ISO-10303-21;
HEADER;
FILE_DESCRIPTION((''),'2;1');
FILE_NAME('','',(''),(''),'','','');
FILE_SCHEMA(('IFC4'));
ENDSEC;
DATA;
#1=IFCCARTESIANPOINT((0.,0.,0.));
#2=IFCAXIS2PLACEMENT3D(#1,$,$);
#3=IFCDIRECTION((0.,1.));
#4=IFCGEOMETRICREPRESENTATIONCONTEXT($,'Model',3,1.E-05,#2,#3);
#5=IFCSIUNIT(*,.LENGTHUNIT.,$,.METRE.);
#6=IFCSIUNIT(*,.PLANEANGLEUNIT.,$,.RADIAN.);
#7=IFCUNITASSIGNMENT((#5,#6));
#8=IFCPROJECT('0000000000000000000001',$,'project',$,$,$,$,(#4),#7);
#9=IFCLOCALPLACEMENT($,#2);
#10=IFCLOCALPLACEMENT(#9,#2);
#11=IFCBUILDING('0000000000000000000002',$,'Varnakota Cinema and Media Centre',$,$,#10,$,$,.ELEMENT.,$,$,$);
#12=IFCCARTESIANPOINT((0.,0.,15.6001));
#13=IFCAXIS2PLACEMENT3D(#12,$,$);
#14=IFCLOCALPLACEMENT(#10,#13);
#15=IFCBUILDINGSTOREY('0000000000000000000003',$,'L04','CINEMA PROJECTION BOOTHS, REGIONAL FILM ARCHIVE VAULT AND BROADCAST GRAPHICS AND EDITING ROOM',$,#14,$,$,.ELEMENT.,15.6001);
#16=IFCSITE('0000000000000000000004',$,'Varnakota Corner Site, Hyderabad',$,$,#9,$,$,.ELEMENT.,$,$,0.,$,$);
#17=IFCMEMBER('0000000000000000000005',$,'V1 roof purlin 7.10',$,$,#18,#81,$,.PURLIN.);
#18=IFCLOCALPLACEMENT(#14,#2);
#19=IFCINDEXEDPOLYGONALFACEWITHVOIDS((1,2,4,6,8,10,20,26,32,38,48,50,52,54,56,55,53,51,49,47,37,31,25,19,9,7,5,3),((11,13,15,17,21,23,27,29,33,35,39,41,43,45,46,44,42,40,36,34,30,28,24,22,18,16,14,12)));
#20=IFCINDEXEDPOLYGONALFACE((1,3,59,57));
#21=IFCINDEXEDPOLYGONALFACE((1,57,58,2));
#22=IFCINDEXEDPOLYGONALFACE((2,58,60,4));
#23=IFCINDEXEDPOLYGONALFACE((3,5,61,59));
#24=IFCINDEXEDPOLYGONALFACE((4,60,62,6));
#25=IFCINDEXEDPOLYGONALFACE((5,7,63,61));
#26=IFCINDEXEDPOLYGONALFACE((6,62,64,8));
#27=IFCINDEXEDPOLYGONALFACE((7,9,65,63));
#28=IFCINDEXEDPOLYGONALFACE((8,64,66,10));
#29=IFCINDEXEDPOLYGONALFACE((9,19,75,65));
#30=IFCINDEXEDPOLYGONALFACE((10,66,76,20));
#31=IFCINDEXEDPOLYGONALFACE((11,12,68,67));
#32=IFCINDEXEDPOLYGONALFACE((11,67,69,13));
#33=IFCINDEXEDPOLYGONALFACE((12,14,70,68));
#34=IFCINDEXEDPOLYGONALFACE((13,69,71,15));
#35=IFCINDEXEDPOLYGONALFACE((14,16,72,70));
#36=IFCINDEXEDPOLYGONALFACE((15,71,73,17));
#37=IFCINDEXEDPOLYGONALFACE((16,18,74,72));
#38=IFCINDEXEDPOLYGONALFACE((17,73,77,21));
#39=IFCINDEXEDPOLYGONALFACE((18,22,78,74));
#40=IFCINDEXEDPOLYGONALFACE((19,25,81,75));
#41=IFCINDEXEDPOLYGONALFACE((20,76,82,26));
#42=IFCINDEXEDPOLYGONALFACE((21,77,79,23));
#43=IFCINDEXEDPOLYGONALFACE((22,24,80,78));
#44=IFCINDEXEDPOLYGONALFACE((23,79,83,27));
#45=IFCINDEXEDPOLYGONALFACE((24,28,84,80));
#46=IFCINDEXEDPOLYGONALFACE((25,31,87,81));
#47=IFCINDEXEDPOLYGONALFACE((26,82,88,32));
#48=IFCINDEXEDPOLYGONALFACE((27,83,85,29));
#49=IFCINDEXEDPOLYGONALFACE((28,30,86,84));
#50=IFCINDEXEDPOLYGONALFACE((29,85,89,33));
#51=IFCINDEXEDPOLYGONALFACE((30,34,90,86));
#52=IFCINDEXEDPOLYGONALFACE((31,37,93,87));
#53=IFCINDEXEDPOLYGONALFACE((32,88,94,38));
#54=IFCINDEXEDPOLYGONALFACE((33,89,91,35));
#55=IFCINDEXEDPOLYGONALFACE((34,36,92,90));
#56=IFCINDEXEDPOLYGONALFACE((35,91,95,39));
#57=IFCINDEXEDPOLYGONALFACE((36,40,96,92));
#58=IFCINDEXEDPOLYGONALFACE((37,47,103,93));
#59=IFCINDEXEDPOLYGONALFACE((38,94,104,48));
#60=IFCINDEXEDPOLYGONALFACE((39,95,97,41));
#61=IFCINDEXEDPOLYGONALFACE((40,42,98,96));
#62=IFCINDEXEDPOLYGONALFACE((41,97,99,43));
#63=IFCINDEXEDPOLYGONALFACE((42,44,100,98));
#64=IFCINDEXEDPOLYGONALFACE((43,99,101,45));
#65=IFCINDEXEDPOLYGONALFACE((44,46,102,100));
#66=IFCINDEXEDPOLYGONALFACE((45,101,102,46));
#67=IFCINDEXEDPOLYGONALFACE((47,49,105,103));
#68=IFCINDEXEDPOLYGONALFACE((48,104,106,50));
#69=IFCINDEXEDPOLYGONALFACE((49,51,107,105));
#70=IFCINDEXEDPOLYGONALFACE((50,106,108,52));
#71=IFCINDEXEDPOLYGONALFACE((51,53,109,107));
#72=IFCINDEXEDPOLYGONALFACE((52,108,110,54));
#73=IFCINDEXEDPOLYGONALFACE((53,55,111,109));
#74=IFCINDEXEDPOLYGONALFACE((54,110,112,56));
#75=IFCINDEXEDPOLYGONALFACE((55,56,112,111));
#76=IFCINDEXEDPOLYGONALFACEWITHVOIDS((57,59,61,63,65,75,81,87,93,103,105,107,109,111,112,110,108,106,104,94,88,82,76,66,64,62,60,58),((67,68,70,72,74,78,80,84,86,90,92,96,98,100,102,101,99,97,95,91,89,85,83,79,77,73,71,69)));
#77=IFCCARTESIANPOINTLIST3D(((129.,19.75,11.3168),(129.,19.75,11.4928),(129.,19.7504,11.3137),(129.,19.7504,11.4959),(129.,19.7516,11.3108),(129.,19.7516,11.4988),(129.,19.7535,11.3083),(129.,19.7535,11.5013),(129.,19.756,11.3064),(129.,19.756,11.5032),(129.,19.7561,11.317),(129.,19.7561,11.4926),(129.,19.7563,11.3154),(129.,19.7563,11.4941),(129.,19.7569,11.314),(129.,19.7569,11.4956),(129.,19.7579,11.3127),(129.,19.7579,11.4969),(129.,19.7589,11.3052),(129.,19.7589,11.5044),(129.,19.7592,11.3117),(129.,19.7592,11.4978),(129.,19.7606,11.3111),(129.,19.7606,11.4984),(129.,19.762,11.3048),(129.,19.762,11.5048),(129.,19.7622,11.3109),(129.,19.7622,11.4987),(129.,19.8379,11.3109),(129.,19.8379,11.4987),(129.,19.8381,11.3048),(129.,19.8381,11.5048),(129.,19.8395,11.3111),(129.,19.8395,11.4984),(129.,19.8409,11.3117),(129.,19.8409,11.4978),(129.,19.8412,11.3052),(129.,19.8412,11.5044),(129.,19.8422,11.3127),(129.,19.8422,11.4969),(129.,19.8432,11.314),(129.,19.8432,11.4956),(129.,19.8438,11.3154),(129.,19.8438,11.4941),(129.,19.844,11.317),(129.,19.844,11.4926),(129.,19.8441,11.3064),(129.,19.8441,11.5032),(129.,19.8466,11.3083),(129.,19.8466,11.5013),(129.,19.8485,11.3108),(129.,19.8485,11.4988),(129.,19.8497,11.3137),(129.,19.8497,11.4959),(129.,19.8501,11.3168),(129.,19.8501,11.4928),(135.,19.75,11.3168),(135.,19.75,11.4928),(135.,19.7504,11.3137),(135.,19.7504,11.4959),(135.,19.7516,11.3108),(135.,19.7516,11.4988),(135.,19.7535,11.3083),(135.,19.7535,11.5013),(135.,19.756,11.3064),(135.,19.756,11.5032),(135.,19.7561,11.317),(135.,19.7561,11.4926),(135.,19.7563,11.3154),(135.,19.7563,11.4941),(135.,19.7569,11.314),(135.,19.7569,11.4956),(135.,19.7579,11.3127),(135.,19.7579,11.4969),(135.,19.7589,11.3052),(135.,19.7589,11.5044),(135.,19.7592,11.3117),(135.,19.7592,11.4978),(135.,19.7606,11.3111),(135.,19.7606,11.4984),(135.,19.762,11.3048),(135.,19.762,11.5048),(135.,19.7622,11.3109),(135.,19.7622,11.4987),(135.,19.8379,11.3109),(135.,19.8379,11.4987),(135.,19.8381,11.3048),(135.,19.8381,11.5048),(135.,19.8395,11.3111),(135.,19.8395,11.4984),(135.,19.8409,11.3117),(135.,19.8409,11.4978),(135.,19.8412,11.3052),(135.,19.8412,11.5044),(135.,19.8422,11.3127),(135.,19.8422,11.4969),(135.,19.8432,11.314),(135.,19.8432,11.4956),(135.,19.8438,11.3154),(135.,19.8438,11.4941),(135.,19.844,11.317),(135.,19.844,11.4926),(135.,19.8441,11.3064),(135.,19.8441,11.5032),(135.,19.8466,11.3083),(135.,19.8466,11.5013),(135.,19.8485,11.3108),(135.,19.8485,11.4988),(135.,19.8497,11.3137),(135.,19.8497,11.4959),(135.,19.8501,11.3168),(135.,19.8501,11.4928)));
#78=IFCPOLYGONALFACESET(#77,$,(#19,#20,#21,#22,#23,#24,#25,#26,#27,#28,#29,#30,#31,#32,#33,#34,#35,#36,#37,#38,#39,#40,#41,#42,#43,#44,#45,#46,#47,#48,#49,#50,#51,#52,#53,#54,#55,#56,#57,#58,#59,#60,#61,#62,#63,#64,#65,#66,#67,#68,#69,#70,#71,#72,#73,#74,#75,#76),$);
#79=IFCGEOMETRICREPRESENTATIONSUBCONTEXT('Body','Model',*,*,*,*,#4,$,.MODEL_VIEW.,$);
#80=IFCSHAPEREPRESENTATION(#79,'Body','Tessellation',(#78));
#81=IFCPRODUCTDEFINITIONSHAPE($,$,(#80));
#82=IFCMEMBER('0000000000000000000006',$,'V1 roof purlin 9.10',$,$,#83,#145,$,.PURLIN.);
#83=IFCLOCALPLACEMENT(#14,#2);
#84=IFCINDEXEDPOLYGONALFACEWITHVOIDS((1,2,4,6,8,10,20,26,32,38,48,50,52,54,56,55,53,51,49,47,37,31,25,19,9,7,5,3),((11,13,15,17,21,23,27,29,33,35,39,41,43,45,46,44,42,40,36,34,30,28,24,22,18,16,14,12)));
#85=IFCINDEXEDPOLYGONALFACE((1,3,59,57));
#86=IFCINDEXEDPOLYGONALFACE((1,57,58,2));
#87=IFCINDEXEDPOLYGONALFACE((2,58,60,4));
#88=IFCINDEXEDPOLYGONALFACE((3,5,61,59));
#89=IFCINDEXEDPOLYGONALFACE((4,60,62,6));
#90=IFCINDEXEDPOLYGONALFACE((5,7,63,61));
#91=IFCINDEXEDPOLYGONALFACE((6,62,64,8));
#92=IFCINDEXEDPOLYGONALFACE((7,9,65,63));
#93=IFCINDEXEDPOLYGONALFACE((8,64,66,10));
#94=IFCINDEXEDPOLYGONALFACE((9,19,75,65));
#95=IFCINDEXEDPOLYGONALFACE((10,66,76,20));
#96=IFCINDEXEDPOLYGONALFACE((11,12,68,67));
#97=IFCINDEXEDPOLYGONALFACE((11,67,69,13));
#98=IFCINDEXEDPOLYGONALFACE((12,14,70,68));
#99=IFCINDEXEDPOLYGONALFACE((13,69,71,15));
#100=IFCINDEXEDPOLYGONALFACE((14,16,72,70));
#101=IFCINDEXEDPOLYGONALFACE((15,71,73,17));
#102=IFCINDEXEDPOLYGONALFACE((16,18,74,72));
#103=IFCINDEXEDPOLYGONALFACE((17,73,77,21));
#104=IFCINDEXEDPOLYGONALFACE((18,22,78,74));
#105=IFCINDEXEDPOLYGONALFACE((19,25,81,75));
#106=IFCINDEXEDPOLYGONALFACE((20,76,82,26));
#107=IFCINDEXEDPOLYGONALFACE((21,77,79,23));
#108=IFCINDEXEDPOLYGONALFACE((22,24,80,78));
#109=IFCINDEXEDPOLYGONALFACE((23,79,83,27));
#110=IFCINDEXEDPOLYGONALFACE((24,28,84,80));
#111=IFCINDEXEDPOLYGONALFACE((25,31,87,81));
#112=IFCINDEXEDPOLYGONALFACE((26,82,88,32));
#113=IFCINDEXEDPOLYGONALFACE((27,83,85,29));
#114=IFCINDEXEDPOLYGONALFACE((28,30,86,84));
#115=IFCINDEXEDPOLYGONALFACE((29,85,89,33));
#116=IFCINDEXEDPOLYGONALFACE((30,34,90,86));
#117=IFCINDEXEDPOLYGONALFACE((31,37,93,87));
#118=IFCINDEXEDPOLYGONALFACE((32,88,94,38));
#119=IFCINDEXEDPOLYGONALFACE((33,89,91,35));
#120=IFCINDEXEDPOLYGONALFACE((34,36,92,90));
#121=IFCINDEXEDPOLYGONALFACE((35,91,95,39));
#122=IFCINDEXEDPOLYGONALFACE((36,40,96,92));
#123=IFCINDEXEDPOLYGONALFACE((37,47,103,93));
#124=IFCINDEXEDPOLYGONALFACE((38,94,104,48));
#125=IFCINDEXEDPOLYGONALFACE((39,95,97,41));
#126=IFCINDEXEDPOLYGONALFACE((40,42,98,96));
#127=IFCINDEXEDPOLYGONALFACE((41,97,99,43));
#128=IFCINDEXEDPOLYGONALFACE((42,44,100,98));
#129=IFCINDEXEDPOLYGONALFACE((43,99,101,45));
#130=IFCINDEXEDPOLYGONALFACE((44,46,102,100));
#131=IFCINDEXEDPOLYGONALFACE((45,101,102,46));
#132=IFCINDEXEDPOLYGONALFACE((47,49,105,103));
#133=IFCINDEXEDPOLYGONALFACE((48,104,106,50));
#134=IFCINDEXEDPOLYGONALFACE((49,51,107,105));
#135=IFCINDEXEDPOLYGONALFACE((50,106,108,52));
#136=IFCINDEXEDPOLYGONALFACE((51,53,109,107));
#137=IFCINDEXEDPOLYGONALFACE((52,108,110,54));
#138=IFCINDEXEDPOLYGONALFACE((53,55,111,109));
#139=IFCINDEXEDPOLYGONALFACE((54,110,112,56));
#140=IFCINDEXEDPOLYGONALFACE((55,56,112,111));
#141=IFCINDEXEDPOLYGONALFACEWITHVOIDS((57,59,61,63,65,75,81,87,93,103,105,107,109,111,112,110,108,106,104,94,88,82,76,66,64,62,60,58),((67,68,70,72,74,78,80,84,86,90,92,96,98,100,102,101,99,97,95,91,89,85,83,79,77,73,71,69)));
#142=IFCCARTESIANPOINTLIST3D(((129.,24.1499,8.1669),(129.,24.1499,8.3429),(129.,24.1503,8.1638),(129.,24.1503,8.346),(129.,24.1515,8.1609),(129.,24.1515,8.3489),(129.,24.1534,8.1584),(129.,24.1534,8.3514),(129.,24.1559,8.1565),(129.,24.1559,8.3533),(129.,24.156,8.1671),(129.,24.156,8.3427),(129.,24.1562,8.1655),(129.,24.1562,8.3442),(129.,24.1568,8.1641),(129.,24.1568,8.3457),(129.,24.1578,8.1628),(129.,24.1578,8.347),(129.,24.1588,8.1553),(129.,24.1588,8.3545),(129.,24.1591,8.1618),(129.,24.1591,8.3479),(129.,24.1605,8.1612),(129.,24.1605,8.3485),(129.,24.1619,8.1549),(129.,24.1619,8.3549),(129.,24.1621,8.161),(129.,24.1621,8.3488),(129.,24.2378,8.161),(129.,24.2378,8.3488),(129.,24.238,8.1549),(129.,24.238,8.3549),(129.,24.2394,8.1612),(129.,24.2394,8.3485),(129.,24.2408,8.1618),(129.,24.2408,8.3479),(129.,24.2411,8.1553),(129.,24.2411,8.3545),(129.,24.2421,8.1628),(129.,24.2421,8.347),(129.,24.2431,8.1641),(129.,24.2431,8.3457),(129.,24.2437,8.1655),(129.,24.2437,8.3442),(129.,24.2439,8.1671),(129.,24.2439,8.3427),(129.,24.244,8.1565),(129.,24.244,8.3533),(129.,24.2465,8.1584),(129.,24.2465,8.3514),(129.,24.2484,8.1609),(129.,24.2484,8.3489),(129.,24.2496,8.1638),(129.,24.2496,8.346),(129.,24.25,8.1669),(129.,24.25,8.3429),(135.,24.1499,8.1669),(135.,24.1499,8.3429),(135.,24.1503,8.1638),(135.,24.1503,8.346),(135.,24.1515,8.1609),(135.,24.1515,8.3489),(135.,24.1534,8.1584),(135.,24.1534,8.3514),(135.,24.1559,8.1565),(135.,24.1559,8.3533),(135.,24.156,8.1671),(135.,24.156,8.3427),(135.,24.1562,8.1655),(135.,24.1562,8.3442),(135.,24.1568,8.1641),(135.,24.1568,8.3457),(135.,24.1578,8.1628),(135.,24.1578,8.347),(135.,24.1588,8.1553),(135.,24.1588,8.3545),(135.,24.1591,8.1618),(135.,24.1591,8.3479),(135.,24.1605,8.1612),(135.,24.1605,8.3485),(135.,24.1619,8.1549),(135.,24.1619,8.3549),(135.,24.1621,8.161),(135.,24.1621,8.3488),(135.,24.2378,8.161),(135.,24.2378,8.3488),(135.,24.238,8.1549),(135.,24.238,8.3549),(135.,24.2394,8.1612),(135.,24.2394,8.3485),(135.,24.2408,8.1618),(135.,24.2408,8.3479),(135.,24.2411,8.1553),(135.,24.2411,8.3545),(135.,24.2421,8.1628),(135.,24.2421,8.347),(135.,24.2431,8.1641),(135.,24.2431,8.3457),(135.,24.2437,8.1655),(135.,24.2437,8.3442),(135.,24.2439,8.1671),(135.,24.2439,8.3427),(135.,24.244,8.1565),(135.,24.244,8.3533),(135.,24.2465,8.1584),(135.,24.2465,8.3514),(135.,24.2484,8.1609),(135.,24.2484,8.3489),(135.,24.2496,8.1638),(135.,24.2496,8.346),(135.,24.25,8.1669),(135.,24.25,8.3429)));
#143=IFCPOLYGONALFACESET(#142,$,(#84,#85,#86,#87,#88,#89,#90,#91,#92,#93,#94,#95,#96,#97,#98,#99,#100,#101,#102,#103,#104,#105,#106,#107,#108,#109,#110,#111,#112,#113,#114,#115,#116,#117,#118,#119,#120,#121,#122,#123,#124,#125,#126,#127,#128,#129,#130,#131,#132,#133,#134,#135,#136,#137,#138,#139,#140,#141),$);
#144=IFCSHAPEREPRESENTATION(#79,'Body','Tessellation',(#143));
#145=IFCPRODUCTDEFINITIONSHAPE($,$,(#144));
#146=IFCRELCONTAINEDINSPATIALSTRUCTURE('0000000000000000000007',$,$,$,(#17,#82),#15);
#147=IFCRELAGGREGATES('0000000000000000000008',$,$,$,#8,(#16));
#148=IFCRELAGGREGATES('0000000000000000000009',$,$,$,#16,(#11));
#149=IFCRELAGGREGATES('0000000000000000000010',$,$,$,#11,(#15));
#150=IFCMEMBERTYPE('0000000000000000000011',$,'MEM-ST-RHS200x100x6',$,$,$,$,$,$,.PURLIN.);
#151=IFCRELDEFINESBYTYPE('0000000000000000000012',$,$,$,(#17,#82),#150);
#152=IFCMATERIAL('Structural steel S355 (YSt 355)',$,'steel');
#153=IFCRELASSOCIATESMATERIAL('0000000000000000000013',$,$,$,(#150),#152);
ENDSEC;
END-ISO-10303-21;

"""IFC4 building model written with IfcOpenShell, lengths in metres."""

from ifc_helpers import new_model, si_unit, direction, frame, origin, origin_2d, place, context, subcontext, project, spatial, hollow_rectangle, extrude, material, material_profile, profile_set, type_object, element, save


model = new_model("IFC4")

# Units and contexts
model_context = context("Model", 3, precision=1e-05, world=origin(), true_north=direction((0.0, 1.0)))
body_context = subcontext(model_context, "Body", "Model", "MODEL_VIEW")
ifc_project = project(units=[si_unit("LENGTHUNIT", "METRE"), si_unit("PLANEANGLEUNIT", "RADIAN")], contexts=[model_context])

# Site, building, storey
site_placement = place(None, origin())
site = spatial("IfcSite", under=ifc_project, at=site_placement, Name="Varnakota Corner Site, Hyderabad", CompositionType="ELEMENT", RefElevation=0.0)
building_placement = place(site_placement, origin())
building = spatial("IfcBuilding", under=site, at=building_placement, Name="Varnakota Cinema and Media Centre", CompositionType="ELEMENT")
storey_placement = place(building_placement, frame((0.0, 0.0, 15.6001)))
storey = spatial("IfcBuildingStorey", under=building, at=storey_placement, Name="L04", Description="CINEMA PROJECTION BOOTHS, REGIONAL FILM ARCHIVE VAULT AND BROADCAST GRAPHICS AND EDITING ROOM", CompositionType="ELEMENT", Elevation=15.6001)

# Members
ifc_material_1 = material(Name="Structural steel S355 (YSt 355)", Category="steel")
ifc_material_profile_1 = material_profile(ifc_material_1, hollow_rectangle(XDim=0.1001, YDim=0.2, WallThickness=0.0061, InnerFilletRadius=0.0061, OuterFilletRadius=0.012, at=origin_2d()), Name="RHS 200x100x6")
ifc_profile_set_1 = profile_set([ifc_material_profile_1], Name="Structural steel S355 (YSt 355)")
member_type_1 = type_object("IfcMemberType", Name="MEM-ST-RHS200x100x6", PredefinedType="PURLIN", material=ifc_profile_set_1)
for number, where, z_axis, x_axis, name in (
    (1, (129.0, 19.8, 11.4048), (1.0, 0.0, 0.0), (0.0, 1.0, 0.0), "V1 roof purlin 7.10"),
    (2, (129.0, 24.2, 8.2549), (1.0, 0.0, 0.0), (0.0, 1.0, 0.0), "V1 roof purlin 9.10"),
):
    element("IfcMember", number, at=place(storey_placement, frame(where, z_axis=z_axis, x_axis=x_axis)), inside=storey, type_object=member_type_1, Name=name, PredefinedType="PURLIN", context=body_context, shape_type="SweptSolid", body=[
        extrude(hollow_rectangle(XDim=0.1001, YDim=0.2, WallThickness=0.0061, InnerFilletRadius=0.0061, OuterFilletRadius=0.012, at=origin_2d()), origin(), (0.0, 0.0, 1.0), 6.0),
    ])

save(model, "model.ifc")
